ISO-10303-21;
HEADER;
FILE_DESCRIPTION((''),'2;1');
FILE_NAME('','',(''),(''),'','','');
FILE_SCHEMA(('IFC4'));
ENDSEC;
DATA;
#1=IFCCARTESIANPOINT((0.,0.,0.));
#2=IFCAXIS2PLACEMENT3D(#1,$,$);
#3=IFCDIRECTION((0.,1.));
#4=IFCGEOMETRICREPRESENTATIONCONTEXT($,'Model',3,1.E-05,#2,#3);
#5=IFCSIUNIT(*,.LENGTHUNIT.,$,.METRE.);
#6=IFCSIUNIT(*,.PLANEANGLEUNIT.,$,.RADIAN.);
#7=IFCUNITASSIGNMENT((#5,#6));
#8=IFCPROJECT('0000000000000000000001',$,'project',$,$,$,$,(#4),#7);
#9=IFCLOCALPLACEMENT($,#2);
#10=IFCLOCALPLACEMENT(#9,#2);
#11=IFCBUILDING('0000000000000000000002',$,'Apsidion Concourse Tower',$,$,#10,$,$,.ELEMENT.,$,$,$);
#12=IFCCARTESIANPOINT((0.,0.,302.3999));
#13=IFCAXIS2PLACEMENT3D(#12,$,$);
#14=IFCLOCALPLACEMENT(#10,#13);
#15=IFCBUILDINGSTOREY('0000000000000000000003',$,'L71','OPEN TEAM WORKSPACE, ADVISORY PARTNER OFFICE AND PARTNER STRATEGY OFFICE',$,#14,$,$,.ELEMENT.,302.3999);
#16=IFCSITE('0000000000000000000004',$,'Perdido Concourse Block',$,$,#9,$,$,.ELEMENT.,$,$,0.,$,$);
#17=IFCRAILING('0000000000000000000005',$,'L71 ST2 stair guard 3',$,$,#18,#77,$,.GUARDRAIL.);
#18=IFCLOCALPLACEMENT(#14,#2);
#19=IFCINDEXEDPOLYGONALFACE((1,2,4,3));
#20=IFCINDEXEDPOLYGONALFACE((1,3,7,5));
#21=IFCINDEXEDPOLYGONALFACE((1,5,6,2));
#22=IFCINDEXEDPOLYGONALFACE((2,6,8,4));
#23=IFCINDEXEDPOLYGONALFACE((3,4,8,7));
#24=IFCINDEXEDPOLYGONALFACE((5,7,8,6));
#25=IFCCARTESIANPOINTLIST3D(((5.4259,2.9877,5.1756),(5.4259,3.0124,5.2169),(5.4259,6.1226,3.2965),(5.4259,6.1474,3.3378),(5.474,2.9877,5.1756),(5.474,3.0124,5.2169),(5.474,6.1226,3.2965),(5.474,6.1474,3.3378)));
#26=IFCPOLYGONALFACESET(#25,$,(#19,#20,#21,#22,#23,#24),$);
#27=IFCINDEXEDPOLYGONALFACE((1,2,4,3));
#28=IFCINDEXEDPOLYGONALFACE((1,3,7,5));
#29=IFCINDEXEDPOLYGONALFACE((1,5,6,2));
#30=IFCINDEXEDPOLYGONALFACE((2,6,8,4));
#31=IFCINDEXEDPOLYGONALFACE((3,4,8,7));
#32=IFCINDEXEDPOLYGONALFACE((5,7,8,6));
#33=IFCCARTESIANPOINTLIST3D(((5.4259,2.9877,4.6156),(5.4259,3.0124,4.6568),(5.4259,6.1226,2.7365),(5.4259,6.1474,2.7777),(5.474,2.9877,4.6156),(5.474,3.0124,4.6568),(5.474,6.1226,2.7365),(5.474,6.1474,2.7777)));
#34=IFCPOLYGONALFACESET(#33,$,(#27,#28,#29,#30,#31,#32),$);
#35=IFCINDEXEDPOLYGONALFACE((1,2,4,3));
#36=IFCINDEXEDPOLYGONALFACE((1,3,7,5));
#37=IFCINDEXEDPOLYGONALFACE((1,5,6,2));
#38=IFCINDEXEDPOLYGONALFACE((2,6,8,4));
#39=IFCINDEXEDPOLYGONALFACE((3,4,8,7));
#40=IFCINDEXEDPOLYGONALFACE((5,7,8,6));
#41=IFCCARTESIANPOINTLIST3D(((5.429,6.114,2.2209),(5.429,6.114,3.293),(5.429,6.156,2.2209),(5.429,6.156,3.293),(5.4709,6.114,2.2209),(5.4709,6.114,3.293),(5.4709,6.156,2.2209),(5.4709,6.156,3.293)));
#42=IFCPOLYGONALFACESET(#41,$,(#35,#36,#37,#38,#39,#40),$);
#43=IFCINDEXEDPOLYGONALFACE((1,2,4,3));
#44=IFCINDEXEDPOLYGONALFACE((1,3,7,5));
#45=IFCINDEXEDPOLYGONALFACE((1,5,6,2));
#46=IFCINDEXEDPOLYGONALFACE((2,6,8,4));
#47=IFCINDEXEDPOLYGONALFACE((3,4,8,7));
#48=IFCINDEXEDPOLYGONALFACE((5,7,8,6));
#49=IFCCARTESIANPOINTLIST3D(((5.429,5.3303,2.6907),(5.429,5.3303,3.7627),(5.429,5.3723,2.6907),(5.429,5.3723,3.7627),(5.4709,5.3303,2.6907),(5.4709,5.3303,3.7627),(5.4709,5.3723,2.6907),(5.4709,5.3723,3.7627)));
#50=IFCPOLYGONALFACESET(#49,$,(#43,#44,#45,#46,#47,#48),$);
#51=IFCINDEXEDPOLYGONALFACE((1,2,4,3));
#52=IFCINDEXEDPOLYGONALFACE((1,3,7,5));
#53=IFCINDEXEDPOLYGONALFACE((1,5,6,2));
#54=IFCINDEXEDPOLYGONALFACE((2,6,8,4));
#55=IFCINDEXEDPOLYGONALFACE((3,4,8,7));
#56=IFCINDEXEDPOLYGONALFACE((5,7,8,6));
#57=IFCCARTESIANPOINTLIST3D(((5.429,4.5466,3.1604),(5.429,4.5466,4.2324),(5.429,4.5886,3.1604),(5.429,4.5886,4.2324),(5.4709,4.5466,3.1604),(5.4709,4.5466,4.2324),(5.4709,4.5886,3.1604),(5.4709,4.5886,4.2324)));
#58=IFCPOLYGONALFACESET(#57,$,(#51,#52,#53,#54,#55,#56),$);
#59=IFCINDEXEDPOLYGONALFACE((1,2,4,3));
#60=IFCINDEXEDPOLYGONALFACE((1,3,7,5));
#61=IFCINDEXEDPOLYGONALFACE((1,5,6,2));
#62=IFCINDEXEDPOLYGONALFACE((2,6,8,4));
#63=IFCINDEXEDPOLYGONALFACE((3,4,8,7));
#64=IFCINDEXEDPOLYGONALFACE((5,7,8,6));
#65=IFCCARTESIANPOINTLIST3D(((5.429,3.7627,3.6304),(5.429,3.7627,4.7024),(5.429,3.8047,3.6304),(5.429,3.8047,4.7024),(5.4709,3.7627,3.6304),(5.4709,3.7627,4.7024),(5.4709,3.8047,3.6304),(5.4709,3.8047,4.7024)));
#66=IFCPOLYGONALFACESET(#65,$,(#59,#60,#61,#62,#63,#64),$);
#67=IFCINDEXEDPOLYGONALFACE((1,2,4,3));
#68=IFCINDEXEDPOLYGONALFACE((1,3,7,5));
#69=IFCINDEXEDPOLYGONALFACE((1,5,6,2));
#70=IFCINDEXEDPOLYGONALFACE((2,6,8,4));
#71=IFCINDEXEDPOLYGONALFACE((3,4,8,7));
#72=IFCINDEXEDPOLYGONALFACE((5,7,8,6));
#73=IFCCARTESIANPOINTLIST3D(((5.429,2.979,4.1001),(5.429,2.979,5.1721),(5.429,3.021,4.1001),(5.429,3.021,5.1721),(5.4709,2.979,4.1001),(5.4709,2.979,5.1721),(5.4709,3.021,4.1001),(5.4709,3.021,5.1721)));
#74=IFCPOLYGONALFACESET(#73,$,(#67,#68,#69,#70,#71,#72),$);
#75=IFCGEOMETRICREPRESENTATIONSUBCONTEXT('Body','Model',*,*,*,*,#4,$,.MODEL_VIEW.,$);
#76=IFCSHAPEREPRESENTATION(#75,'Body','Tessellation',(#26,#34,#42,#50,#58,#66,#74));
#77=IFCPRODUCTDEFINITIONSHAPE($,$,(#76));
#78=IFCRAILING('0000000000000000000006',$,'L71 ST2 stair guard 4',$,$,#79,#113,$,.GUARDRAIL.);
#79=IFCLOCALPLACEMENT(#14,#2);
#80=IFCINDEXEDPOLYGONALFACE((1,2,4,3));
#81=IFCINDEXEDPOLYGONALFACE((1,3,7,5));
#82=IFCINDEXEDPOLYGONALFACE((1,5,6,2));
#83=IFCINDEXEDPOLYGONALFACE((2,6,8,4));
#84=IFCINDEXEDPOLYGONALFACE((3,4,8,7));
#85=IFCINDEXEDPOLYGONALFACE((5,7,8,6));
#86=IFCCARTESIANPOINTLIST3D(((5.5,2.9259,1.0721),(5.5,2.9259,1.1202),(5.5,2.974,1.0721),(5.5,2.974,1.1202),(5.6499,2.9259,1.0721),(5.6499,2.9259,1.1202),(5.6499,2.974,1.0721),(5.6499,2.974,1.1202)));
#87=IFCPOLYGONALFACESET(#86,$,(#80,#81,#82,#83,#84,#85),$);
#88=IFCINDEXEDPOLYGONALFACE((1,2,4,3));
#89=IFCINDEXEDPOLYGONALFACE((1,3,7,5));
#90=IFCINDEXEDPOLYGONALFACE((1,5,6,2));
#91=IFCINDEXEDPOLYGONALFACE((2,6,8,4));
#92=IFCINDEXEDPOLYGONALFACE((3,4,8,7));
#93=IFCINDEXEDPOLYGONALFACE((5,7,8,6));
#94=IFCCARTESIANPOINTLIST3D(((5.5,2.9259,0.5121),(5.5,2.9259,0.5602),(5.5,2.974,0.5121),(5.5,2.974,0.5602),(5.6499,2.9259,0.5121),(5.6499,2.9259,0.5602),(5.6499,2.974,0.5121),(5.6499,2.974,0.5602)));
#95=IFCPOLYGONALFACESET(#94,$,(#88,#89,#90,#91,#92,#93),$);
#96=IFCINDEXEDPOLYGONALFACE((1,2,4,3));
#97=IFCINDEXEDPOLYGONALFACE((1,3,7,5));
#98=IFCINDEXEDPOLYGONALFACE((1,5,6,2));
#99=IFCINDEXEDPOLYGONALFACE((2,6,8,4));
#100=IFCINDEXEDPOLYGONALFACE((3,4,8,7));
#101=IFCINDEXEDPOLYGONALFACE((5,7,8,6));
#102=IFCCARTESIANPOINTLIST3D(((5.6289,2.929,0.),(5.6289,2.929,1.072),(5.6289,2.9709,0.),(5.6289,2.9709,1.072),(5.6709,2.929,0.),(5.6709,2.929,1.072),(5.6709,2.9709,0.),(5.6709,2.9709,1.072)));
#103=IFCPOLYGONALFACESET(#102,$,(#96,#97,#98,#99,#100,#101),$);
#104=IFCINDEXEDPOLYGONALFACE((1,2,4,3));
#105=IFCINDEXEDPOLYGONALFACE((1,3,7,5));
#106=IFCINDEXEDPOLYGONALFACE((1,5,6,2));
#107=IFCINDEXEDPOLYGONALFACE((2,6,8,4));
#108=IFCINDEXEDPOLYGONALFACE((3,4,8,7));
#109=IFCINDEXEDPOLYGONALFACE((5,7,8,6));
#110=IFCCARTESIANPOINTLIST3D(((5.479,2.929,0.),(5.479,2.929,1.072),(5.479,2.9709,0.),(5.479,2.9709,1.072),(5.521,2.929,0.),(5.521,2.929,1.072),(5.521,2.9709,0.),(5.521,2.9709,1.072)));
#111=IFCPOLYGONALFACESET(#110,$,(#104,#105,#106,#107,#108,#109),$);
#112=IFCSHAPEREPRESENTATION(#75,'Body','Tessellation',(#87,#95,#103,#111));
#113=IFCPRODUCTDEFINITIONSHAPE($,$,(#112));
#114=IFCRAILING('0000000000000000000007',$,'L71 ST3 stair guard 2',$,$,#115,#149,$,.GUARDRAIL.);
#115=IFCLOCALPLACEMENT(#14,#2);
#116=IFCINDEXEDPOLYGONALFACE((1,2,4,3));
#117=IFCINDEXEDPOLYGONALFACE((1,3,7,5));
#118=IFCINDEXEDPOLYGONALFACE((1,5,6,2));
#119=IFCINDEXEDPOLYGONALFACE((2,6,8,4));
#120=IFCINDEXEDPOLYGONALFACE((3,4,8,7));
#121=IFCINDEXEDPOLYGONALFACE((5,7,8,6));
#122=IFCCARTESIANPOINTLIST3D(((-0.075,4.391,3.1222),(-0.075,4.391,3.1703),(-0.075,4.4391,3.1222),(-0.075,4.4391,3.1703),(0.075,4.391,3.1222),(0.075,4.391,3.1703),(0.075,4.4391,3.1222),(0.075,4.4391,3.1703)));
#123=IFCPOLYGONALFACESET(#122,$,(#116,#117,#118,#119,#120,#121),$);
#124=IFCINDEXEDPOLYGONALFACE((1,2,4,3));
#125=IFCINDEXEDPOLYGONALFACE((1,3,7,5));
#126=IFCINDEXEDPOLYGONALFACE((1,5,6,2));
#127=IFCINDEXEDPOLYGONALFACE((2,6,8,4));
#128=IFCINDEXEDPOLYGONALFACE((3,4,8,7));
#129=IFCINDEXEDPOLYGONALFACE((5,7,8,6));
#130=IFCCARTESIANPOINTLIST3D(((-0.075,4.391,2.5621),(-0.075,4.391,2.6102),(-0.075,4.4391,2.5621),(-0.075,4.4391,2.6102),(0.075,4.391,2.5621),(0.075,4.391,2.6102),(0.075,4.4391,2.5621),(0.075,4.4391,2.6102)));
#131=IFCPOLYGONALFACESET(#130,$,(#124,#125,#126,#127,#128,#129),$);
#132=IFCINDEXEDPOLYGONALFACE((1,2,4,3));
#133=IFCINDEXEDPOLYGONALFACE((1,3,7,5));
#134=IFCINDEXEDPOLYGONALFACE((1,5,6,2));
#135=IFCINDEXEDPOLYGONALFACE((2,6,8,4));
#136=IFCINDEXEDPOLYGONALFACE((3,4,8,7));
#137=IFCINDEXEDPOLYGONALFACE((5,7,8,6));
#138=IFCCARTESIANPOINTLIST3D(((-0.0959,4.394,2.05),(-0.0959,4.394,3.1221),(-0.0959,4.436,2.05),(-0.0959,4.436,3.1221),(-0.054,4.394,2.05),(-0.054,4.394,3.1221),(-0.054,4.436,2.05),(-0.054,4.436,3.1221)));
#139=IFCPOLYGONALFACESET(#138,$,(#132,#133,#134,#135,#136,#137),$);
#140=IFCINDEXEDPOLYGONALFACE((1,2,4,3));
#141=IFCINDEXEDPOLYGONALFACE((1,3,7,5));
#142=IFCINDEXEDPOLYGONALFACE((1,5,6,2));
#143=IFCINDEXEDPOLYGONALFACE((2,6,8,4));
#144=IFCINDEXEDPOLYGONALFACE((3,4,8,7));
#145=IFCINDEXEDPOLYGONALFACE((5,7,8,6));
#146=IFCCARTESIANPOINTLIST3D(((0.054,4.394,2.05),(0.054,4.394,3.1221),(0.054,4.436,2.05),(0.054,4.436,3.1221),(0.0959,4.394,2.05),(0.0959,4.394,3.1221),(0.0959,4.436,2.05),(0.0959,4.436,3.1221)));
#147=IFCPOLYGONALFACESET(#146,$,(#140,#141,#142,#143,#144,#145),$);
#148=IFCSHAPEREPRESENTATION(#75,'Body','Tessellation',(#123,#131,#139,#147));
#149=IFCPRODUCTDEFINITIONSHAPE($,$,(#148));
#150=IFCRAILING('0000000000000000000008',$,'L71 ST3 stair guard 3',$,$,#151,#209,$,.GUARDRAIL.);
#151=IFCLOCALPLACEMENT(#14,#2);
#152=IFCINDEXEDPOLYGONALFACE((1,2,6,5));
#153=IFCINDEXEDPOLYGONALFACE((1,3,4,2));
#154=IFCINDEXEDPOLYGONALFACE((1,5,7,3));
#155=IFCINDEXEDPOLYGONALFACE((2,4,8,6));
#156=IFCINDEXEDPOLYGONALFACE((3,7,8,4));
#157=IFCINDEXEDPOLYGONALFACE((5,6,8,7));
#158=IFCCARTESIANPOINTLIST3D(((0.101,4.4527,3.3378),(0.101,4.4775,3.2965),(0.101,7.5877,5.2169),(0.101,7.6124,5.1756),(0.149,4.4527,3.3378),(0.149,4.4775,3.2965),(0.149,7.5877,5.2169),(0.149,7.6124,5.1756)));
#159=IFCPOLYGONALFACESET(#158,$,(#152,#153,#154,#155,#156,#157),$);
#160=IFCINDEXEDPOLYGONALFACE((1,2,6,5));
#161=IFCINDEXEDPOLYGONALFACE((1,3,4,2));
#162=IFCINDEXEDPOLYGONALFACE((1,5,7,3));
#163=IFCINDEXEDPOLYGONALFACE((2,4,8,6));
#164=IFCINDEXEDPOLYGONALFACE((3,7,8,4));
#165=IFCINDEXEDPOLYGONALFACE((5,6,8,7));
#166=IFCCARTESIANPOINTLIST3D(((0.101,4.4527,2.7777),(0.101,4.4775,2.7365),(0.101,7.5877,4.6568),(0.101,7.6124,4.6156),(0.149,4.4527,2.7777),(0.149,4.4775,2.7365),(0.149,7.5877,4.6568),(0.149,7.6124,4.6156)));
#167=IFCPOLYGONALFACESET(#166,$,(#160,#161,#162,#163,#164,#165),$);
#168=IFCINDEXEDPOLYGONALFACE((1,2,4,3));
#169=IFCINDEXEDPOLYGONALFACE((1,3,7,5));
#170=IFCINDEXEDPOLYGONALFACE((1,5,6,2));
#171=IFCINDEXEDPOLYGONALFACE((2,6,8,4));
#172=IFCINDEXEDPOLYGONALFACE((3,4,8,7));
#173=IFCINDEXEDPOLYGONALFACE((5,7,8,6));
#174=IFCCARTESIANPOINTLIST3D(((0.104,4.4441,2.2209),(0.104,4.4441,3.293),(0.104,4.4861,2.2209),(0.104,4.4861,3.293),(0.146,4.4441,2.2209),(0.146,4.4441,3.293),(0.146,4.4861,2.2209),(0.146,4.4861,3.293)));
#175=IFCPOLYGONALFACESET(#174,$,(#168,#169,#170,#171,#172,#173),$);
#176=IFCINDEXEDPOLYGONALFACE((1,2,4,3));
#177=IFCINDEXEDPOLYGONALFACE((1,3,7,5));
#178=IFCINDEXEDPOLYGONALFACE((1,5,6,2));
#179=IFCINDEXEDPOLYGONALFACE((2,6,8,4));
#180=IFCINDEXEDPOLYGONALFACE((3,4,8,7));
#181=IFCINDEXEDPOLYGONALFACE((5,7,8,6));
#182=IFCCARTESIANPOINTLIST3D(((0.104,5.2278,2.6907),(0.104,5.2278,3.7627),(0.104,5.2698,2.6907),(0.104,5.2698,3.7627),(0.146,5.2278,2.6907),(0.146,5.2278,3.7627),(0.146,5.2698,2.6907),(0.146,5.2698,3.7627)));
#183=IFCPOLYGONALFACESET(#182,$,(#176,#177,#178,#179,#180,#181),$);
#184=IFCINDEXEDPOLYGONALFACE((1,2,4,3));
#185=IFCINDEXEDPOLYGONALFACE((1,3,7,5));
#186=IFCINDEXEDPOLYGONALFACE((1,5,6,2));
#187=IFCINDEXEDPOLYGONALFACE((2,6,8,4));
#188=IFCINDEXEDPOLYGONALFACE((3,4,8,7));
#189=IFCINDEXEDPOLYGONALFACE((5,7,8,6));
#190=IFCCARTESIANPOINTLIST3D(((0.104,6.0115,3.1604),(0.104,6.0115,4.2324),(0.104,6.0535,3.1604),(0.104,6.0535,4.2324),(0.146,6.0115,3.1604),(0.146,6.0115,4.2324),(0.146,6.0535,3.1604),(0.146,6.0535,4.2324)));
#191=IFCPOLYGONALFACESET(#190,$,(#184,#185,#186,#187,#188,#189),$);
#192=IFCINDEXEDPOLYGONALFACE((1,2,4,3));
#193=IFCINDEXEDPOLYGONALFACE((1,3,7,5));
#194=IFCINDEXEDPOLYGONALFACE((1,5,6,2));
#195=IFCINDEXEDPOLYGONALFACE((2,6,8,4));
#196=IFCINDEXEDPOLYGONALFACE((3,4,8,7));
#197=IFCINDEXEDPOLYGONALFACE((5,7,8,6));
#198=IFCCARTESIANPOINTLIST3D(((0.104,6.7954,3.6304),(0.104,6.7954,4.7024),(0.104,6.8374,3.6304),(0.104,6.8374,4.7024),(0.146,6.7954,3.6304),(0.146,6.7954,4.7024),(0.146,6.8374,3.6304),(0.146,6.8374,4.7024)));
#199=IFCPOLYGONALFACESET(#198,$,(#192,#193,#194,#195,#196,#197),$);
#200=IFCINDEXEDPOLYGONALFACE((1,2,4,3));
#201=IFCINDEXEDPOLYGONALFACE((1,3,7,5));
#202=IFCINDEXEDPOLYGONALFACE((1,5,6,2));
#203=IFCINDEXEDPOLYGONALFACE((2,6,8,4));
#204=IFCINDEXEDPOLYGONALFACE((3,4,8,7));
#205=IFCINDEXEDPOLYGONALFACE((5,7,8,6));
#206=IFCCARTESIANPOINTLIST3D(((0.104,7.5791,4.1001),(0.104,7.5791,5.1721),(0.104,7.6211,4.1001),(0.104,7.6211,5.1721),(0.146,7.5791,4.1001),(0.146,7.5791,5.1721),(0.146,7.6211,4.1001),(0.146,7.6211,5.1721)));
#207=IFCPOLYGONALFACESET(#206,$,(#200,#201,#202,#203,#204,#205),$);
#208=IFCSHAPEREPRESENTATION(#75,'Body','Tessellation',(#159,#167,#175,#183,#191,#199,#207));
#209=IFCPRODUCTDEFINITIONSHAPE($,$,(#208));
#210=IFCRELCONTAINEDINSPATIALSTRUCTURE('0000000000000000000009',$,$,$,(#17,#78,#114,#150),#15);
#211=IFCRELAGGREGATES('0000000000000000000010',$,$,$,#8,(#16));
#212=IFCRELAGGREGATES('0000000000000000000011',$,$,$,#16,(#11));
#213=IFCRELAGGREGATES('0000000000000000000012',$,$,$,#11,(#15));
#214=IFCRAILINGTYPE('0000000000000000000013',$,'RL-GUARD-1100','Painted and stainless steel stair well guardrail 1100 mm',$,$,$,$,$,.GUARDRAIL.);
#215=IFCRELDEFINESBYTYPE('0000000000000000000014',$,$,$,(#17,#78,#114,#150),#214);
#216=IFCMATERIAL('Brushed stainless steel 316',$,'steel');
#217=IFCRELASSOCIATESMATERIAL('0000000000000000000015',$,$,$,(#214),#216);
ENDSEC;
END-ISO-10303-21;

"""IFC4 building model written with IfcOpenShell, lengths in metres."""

from ifc_helpers import new_model, si_unit, direction, frame, origin, origin_2d, place, context, subcontext, project, spatial, rectangle, extrude, material, type_object, element, save


model = new_model("IFC4")

# Units and contexts
model_context = context("Model", 3, precision=1e-05, world=origin(), true_north=direction((0.0, 1.0)))
body_context = subcontext(model_context, "Body", "Model", "MODEL_VIEW")
ifc_project = project(units=[si_unit("LENGTHUNIT", "METRE"), si_unit("PLANEANGLEUNIT", "RADIAN")], contexts=[model_context])

# Site, building, storey
site_placement = place(None, origin())
site = spatial("IfcSite", under=ifc_project, at=site_placement, Name="Perdido Concourse Block", CompositionType="ELEMENT", RefElevation=0.0)
building_placement = place(site_placement, origin())
building = spatial("IfcBuilding", under=site, at=building_placement, Name="Apsidion Concourse Tower", CompositionType="ELEMENT")
storey_placement = place(building_placement, frame((0.0, 0.0, 302.3999)))
storey = spatial("IfcBuildingStorey", under=building, at=storey_placement, Name="L71", Description="OPEN TEAM WORKSPACE, ADVISORY PARTNER OFFICE AND PARTNER STRATEGY OFFICE", CompositionType="ELEMENT", Elevation=302.3999)

# Railings
ifc_material_1 = material(Name="Brushed stainless steel 316", Category="steel")
railing_type_1 = type_object("IfcRailingType", Name="RL-GUARD-1100", Description="Painted and stainless steel stair well guardrail 1100 mm", PredefinedType="GUARDRAIL", material=ifc_material_1)
railing_1_placement = place(storey_placement, frame((5.45, 6.135, 2.2209)))
element("IfcRailing", 1, at=railing_1_placement, inside=storey, type_object=railing_type_1, Name="L71 ST2 stair guard 3", PredefinedType="GUARDRAIL", context=body_context, shape_type="SweptSolid", body=[
    extrude(rectangle(XDim=0.0481, YDim=0.0481, at=origin_2d()), frame((0.0, 0.0, 1.0962), z_axis=(0.0, -0.857717, 0.514122), x_axis=(1.0, 0.0, 0.0)), (0.0, 0.0, 1.0), 3.655),
    extrude(rectangle(XDim=0.0481, YDim=0.0481, at=origin_2d()), frame((0.0, 0.0, 0.5361), z_axis=(0.0, -0.857717, 0.514122), x_axis=(1.0, 0.0, 0.0)), (0.0, 0.0, 1.0), 3.655),
    extrude(rectangle(XDim=0.042, YDim=0.042, at=origin_2d()), origin(), (0.0, 0.0, 1.0), 1.072),
    extrude(rectangle(XDim=0.042, YDim=0.042, at=origin_2d()), frame((0.0, -0.7837, 0.4697)), (0.0, 0.0, 1.0), 1.072),
    extrude(rectangle(XDim=0.042, YDim=0.042, at=origin_2d()), frame((0.0, -1.5674, 0.9395)), (0.0, 0.0, 1.0), 1.072),
    extrude(rectangle(XDim=0.042, YDim=0.042, at=origin_2d()), frame((0.0, -2.3513, 1.4094)), (0.0, 0.0, 1.0), 1.072),
    extrude(rectangle(XDim=0.042, YDim=0.042, at=origin_2d()), frame((0.0, -3.135, 1.8792)), (0.0, 0.0, 1.0), 1.072),
])
railing_2_placement = place(storey_placement, frame((5.6499, 2.95, 0.0)))
element("IfcRailing", 2, at=railing_2_placement, inside=storey, type_object=railing_type_1, Name="L71 ST2 stair guard 4", PredefinedType="GUARDRAIL", context=body_context, shape_type="SweptSolid", body=[
    extrude(rectangle(XDim=0.0481, YDim=0.0481, at=origin_2d()), frame((0.0, 0.0, 1.0962), z_axis=(-1.0, 0.0, 0.0), x_axis=(0.0, -1.0, 0.0)), (0.0, 0.0, 1.0), 0.1499),
    extrude(rectangle(XDim=0.0481, YDim=0.0481, at=origin_2d()), frame((0.0, 0.0, 0.5361), z_axis=(-1.0, 0.0, 0.0), x_axis=(0.0, -1.0, 0.0)), (0.0, 0.0, 1.0), 0.1499),
    extrude(rectangle(XDim=0.042, YDim=0.042, at=origin_2d()), origin(), (0.0, 0.0, 1.0), 1.072),
    extrude(rectangle(XDim=0.042, YDim=0.042, at=origin_2d()), frame((-0.1499, 0.0, 0.0)), (0.0, 0.0, 1.0), 1.072),
])
railing_3_placement = place(storey_placement, frame((-0.075, 4.415, 2.05)))
element("IfcRailing", 3, at=railing_3_placement, inside=storey, type_object=railing_type_1, Name="L71 ST3 stair guard 2", PredefinedType="GUARDRAIL", context=body_context, shape_type="SweptSolid", body=[
    extrude(rectangle(XDim=0.0481, YDim=0.0481, at=origin_2d()), frame((0.0, 0.0, 1.0962), z_axis=(1.0, 0.0, 0.0), x_axis=(0.0, 1.0, 0.0)), (0.0, 0.0, 1.0), 0.1499),
    extrude(rectangle(XDim=0.0481, YDim=0.0481, at=origin_2d()), frame((0.0, 0.0, 0.5361), z_axis=(1.0, 0.0, 0.0), x_axis=(0.0, 1.0, 0.0)), (0.0, 0.0, 1.0), 0.1499),
    extrude(rectangle(XDim=0.042, YDim=0.042, at=origin_2d()), origin(), (0.0, 0.0, 1.0), 1.072),
    extrude(rectangle(XDim=0.042, YDim=0.042, at=origin_2d()), frame((0.1499, 0.0, 0.0)), (0.0, 0.0, 1.0), 1.072),
])
railing_4_placement = place(storey_placement, frame((0.125, 4.4651, 2.2209)))
element("IfcRailing", 4, at=railing_4_placement, inside=storey, type_object=railing_type_1, Name="L71 ST3 stair guard 3", PredefinedType="GUARDRAIL", context=body_context, shape_type="SweptSolid", body=[
    extrude(rectangle(XDim=0.0481, YDim=0.0481, at=origin_2d()), frame((0.0, 0.0, 1.0962), z_axis=(0.0, 0.857717, 0.514122), x_axis=(-1.0, 0.0, 0.0)), (0.0, 0.0, 1.0), 3.655),
    extrude(rectangle(XDim=0.0481, YDim=0.0481, at=origin_2d()), frame((0.0, 0.0, 0.5361), z_axis=(0.0, 0.857717, 0.514122), x_axis=(-1.0, 0.0, 0.0)), (0.0, 0.0, 1.0), 3.655),
    extrude(rectangle(XDim=0.042, YDim=0.042, at=origin_2d()), origin(), (0.0, 0.0, 1.0), 1.072),
    extrude(rectangle(XDim=0.042, YDim=0.042, at=origin_2d()), frame((0.0, 0.7837, 0.4697)), (0.0, 0.0, 1.0), 1.072),
    extrude(rectangle(XDim=0.042, YDim=0.042, at=origin_2d()), frame((0.0, 1.5674, 0.9395)), (0.0, 0.0, 1.0), 1.072),
    extrude(rectangle(XDim=0.042, YDim=0.042, at=origin_2d()), frame((0.0, 2.3513, 1.4094)), (0.0, 0.0, 1.0), 1.072),
    extrude(rectangle(XDim=0.042, YDim=0.042, at=origin_2d()), frame((0.0, 3.135, 1.8792)), (0.0, 0.0, 1.0), 1.072),
])

save(model, "model.ifc")
